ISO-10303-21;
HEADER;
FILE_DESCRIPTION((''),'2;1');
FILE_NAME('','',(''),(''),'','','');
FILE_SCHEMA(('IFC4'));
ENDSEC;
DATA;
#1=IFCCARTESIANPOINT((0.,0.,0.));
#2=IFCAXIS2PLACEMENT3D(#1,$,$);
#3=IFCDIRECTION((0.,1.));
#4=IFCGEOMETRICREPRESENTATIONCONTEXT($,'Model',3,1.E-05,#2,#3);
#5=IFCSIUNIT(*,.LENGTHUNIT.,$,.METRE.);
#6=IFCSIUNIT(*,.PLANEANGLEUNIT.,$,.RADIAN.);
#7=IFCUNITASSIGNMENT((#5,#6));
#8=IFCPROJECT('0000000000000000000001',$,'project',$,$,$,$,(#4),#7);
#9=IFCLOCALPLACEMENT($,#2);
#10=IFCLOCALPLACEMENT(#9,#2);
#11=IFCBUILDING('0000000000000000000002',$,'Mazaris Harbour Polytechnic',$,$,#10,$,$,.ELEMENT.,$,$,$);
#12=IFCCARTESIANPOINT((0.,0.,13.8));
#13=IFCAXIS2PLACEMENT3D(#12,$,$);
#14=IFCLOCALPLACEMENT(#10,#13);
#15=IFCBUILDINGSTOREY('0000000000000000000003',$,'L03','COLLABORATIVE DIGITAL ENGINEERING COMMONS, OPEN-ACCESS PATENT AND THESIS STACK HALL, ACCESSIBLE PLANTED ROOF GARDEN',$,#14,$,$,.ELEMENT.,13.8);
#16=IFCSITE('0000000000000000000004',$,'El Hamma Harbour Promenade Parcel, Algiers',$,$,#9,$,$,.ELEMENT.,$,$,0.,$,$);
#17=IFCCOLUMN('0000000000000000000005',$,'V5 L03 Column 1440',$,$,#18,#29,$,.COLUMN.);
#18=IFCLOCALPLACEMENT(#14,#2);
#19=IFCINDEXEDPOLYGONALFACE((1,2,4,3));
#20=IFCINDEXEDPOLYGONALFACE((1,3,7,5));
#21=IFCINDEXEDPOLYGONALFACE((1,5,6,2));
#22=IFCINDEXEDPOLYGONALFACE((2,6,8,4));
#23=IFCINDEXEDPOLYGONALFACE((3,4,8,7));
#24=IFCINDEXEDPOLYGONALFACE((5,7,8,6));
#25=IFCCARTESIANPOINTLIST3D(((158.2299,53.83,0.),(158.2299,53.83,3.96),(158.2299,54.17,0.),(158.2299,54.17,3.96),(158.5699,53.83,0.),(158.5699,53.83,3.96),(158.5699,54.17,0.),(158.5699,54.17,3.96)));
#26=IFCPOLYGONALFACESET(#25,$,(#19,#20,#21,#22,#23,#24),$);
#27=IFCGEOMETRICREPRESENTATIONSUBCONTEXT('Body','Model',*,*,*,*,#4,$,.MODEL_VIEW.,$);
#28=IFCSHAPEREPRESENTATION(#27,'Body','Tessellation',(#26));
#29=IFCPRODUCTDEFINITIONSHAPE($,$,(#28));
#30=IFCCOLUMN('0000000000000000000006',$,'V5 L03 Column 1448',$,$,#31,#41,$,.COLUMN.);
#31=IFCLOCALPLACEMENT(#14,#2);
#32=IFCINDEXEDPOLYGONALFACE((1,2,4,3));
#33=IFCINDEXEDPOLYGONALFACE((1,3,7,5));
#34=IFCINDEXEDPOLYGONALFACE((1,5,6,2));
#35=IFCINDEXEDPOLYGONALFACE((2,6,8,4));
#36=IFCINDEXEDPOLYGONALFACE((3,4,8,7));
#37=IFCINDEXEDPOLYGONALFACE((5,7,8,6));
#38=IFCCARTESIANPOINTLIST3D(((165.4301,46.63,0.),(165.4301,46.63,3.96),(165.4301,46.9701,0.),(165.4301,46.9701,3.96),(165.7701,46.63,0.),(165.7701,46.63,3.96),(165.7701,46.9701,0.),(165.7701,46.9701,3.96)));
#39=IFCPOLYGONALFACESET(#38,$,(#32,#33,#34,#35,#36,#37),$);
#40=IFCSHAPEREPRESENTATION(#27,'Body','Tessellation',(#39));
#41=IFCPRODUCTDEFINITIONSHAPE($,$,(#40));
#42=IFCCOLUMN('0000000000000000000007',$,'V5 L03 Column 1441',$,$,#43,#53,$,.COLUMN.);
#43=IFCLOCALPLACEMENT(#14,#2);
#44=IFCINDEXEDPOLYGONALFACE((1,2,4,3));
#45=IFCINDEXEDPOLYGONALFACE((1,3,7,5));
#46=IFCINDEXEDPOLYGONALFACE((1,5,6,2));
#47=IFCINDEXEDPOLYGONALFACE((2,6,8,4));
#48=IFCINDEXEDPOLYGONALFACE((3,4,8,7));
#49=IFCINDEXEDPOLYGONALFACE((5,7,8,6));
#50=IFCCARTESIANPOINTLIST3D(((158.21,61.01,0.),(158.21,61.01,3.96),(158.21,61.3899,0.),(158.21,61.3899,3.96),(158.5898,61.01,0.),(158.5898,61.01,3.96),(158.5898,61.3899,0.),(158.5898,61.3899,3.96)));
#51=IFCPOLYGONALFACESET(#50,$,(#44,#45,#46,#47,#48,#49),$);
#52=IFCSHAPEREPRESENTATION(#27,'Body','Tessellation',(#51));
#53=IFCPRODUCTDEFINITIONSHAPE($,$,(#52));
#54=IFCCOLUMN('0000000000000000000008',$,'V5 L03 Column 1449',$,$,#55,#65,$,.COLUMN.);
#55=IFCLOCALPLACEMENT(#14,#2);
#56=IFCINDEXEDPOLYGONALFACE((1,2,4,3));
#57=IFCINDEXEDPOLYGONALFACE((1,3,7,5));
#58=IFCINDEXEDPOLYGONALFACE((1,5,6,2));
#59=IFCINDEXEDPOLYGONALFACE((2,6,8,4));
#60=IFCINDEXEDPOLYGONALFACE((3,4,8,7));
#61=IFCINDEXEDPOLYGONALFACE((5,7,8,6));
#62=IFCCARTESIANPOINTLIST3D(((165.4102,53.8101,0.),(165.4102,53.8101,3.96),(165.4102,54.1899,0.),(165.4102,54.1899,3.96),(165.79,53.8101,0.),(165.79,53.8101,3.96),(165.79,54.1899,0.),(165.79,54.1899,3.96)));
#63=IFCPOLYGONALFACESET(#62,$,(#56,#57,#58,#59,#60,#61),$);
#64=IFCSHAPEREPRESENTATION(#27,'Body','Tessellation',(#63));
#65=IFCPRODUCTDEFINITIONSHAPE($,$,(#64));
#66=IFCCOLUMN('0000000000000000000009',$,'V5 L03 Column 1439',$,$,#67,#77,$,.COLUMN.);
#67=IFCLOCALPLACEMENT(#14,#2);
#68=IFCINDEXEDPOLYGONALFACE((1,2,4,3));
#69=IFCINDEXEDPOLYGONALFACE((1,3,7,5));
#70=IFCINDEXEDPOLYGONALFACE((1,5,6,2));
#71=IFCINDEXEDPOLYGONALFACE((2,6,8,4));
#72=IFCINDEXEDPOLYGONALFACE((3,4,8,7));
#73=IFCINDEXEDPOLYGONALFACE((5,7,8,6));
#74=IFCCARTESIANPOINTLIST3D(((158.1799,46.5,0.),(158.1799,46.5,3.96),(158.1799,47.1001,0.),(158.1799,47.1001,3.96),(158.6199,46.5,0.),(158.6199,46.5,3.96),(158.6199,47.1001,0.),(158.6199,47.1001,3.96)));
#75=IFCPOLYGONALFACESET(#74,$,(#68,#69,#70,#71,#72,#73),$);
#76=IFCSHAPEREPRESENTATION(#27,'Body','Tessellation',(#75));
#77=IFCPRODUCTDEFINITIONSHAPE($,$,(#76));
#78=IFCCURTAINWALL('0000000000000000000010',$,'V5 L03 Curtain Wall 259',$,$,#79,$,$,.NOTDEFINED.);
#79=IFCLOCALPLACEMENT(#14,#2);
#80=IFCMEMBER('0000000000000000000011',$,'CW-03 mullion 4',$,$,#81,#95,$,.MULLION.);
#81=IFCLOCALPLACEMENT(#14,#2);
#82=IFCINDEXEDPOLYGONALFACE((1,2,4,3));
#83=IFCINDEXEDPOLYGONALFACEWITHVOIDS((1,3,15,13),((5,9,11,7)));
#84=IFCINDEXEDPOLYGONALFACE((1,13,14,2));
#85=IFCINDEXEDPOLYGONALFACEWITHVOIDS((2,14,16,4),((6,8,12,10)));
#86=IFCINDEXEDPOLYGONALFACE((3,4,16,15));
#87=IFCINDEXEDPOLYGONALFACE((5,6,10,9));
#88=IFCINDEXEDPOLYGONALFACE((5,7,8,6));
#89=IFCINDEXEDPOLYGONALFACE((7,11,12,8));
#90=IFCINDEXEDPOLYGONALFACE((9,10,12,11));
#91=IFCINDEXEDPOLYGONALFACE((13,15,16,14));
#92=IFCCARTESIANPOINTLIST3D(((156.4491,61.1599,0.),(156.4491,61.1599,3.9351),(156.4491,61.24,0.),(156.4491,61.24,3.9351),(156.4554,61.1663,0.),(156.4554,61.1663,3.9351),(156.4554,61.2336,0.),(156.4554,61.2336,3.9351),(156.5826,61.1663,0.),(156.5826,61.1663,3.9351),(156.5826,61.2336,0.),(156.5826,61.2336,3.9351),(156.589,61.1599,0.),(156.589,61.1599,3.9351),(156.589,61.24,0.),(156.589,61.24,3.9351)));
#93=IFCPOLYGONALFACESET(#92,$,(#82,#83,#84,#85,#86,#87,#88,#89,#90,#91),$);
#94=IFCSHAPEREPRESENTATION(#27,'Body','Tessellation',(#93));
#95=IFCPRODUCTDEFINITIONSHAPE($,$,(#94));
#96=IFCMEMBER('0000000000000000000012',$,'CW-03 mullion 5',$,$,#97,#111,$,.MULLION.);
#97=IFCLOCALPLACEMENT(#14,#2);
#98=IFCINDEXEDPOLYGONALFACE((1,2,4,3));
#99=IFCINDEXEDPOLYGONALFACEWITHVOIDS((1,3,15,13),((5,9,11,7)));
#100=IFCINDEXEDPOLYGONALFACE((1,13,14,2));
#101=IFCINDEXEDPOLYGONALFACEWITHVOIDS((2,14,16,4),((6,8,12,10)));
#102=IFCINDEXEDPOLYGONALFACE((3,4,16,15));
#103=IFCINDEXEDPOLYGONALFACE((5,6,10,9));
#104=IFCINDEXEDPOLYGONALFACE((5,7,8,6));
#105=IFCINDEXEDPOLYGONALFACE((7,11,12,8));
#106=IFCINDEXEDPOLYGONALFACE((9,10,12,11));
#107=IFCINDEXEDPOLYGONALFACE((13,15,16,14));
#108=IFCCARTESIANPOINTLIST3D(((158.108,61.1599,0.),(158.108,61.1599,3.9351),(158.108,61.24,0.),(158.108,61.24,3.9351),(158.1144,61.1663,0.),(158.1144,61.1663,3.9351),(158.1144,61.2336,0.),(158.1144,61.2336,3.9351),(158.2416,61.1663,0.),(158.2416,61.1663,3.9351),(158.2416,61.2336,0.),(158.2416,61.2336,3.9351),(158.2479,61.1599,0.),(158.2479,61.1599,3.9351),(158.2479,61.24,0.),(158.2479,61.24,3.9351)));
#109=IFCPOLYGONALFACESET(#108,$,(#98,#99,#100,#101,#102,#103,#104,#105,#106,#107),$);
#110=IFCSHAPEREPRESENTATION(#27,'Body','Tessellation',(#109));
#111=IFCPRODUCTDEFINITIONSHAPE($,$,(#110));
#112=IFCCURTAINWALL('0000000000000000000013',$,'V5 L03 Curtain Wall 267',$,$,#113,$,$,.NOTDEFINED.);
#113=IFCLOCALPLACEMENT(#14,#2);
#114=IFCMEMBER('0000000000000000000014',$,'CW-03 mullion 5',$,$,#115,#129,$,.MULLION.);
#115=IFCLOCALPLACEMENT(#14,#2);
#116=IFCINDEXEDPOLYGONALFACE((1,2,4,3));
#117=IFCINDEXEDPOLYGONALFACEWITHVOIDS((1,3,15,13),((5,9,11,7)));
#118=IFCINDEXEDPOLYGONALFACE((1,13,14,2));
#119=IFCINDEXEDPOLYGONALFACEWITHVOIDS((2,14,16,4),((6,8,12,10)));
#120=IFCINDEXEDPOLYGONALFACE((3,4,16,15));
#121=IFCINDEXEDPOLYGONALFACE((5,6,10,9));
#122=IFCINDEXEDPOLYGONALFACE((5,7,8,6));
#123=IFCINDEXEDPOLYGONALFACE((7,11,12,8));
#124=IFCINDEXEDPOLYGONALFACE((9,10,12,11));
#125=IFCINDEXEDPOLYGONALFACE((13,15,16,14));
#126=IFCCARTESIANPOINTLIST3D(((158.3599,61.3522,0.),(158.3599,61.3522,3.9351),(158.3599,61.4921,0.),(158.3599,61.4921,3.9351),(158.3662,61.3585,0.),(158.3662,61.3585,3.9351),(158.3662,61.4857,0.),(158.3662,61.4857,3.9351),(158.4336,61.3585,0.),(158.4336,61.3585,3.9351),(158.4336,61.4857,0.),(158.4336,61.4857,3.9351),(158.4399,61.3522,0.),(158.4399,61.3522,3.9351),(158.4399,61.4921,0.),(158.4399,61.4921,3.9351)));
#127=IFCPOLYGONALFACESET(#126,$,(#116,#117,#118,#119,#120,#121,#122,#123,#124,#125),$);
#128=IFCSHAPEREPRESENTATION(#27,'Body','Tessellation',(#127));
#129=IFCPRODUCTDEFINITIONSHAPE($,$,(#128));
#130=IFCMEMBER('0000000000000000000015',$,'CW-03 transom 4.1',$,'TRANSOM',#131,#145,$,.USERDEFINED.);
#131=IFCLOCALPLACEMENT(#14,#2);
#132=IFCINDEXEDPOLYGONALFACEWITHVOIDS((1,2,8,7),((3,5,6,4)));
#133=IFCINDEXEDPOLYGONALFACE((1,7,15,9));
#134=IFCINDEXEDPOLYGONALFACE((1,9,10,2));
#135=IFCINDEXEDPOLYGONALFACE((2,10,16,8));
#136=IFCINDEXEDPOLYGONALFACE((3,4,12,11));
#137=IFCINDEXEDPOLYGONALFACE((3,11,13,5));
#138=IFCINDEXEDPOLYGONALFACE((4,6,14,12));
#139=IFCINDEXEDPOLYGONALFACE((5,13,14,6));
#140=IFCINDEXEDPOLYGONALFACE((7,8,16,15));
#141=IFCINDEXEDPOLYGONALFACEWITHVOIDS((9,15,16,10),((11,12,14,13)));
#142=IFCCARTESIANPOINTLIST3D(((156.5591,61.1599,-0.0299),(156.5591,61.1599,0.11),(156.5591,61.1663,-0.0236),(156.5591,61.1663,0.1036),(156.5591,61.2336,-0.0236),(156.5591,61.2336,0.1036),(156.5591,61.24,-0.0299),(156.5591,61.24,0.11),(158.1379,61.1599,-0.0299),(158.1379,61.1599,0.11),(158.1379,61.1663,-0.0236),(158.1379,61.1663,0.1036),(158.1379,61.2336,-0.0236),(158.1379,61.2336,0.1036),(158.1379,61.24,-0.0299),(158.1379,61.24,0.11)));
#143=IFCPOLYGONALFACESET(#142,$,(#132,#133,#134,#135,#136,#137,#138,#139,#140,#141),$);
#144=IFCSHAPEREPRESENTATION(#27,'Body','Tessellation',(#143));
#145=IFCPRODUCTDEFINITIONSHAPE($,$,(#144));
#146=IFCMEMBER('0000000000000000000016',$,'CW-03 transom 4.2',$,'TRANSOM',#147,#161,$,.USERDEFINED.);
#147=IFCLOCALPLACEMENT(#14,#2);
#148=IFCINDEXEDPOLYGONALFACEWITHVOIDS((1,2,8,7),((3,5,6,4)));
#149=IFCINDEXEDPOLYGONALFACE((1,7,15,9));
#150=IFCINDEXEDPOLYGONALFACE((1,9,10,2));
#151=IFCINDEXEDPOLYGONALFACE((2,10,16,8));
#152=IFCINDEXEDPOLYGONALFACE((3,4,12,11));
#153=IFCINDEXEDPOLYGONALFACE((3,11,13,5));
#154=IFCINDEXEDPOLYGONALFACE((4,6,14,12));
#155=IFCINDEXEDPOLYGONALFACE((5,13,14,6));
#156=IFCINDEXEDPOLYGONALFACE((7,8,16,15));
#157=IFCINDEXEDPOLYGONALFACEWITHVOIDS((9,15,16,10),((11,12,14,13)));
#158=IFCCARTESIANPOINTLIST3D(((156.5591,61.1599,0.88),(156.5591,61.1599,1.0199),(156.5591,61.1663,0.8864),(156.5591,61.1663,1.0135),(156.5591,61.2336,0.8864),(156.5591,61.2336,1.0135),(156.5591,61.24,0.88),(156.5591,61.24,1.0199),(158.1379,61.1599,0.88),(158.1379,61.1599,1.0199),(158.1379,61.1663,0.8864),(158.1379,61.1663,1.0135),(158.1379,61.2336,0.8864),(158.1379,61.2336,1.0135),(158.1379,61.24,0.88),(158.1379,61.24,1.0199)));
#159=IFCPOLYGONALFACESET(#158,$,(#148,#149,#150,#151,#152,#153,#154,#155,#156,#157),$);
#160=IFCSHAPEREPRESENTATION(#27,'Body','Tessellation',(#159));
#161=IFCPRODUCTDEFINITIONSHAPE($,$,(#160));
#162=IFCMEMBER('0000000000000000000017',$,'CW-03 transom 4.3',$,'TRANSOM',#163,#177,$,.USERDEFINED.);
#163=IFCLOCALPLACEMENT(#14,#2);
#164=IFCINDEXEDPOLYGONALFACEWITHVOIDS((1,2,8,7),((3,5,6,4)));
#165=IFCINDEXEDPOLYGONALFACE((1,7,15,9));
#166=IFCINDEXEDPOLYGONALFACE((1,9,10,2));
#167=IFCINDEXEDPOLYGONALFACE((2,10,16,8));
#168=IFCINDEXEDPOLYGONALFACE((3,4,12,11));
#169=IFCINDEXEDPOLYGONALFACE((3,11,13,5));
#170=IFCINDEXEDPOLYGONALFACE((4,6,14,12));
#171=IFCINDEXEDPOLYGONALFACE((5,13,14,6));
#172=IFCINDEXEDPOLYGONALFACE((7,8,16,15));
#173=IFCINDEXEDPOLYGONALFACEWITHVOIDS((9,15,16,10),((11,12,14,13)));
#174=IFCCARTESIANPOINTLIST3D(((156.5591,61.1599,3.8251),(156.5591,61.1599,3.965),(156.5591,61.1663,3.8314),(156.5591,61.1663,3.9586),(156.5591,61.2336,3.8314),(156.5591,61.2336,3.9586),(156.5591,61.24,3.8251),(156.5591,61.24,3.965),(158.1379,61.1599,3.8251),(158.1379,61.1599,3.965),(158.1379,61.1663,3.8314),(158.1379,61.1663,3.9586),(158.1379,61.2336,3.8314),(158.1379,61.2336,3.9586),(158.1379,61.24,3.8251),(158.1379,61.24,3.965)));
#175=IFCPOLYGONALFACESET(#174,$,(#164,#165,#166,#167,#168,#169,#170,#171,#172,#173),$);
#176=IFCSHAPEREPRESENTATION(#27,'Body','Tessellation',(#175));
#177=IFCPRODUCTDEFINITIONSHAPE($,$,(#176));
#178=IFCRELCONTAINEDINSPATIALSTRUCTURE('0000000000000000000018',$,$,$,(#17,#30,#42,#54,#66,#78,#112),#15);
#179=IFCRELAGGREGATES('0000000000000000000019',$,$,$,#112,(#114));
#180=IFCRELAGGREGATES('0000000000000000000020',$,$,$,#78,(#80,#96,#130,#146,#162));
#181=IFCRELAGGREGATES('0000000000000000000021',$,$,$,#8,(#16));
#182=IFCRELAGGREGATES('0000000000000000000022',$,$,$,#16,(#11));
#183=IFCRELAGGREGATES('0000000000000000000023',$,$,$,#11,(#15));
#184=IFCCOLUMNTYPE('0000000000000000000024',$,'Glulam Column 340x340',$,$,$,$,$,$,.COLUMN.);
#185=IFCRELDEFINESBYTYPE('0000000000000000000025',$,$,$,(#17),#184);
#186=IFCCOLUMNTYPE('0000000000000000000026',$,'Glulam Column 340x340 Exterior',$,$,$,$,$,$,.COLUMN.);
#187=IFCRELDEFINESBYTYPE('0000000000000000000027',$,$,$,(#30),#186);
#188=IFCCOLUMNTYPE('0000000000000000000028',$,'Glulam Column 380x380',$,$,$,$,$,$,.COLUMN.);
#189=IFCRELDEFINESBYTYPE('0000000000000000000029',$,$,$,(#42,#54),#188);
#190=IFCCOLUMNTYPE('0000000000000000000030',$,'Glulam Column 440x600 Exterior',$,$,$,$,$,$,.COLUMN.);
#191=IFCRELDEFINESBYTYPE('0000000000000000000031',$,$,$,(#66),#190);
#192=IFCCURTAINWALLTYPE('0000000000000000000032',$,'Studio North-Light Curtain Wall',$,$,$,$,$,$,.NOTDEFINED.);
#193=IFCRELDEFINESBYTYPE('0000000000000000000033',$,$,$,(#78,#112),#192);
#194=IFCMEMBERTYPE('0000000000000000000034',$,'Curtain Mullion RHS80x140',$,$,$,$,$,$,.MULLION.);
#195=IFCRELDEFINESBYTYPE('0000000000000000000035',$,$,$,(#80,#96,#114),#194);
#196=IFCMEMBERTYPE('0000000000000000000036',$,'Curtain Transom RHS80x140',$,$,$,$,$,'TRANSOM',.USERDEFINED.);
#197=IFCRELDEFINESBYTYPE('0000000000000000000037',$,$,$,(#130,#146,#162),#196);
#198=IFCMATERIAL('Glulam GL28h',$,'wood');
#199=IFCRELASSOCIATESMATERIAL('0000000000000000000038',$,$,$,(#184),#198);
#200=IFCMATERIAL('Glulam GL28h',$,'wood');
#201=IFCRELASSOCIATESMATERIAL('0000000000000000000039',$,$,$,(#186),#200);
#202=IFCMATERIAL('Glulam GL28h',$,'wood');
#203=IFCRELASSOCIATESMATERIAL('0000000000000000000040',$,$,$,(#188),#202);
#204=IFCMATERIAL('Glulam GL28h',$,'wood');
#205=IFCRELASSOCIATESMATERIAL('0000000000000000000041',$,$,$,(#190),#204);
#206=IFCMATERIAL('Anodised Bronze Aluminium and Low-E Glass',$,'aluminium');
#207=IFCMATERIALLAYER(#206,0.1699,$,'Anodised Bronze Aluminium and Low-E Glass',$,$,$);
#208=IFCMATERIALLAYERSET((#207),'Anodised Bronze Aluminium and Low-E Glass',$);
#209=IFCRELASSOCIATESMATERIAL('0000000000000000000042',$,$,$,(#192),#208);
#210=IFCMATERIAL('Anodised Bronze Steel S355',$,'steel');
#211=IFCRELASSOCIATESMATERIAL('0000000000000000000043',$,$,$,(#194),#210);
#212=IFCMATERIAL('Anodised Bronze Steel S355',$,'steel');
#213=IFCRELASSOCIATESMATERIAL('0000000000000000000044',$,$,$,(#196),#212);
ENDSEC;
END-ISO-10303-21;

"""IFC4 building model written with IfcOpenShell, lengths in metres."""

from ifc_helpers import new_model, si_unit, direction, frame, origin, origin_2d, place, context, subcontext, project, spatial, rectangle, hollow_rectangle, extrude, material, layer, layer_set, material_profile, profile_set, type_object, element, aggregate, save


model = new_model("IFC4")

# Units and contexts
model_context = context("Model", 3, precision=1e-05, world=origin(), true_north=direction((0.0, 1.0)))
body_context = subcontext(model_context, "Body", "Model", "MODEL_VIEW")
ifc_project = project(units=[si_unit("LENGTHUNIT", "METRE"), si_unit("PLANEANGLEUNIT", "RADIAN")], contexts=[model_context])

# Site, building, storey
site_placement = place(None, origin())
site = spatial("IfcSite", under=ifc_project, at=site_placement, Name="El Hamma Harbour Promenade Parcel, Algiers", CompositionType="ELEMENT", RefElevation=0.0)
building_placement = place(site_placement, origin())
building = spatial("IfcBuilding", under=site, at=building_placement, Name="Mazaris Harbour Polytechnic", CompositionType="ELEMENT")
storey_placement = place(building_placement, frame((0.0, 0.0, 13.8)))
storey = spatial("IfcBuildingStorey", under=building, at=storey_placement, Name="L03", Description="COLLABORATIVE DIGITAL ENGINEERING COMMONS, OPEN-ACCESS PATENT AND THESIS STACK HALL, ACCESSIBLE PLANTED ROOF GARDEN", CompositionType="ELEMENT", Elevation=13.8)

# Columns
ifc_material_1 = material(Name="Glulam GL28h", Category="wood")
ifc_material_profile_1 = material_profile(ifc_material_1, rectangle(XDim=0.3401, YDim=0.3401, at=origin_2d()), Name="RECT340x340")
ifc_profile_set_1 = profile_set([ifc_material_profile_1], Name="Glulam GL28h")
column_type_1 = type_object("IfcColumnType", Name="Glulam Column 340x340", PredefinedType="COLUMN", material=ifc_profile_set_1)
column_1_placement = place(storey_placement, frame((158.3999, 54.0, 0.0), z_axis=(0.0, 0.0, 1.0), x_axis=(1.0, 0.0, 0.0)))
element("IfcColumn", 1, at=column_1_placement, inside=storey, type_object=column_type_1, Name="V5 L03 Column 1440", PredefinedType="COLUMN", context=body_context, shape_type="SweptSolid", body=[
    extrude(rectangle(XDim=0.3401, YDim=0.3401, at=origin_2d()), origin(), (0.0, 0.0, 1.0), 3.96),
])
ifc_material_2 = material(Name="Glulam GL28h", Category="wood")
ifc_material_profile_2 = material_profile(ifc_material_2, rectangle(XDim=0.3401, YDim=0.3401, at=origin_2d()), Name="RECT340x340")
ifc_profile_set_2 = profile_set([ifc_material_profile_2], Name="Glulam GL28h")
column_type_2 = type_object("IfcColumnType", Name="Glulam Column 340x340 Exterior", PredefinedType="COLUMN", material=ifc_profile_set_2)
column_2_placement = place(storey_placement, frame((165.6001, 46.8, 0.0), z_axis=(0.0, 0.0, 1.0), x_axis=(1.0, 0.0, 0.0)))
element("IfcColumn", 2, at=column_2_placement, inside=storey, type_object=column_type_2, Name="V5 L03 Column 1448", PredefinedType="COLUMN", context=body_context, shape_type="SweptSolid", body=[
    extrude(rectangle(XDim=0.3401, YDim=0.3401, at=origin_2d()), origin(), (0.0, 0.0, 1.0), 3.96),
])
ifc_material_3 = material(Name="Glulam GL28h", Category="wood")
ifc_material_profile_3 = material_profile(ifc_material_3, rectangle(XDim=0.3799, YDim=0.3799, at=origin_2d()), Name="RECT380x380")
ifc_profile_set_3 = profile_set([ifc_material_profile_3], Name="Glulam GL28h")
column_type_3 = type_object("IfcColumnType", Name="Glulam Column 380x380", PredefinedType="COLUMN", material=ifc_profile_set_3)
for number, where, z_axis, x_axis, name in (
    (3, (158.3999, 61.2, 0.0), (0.0, 0.0, 1.0), (1.0, 0.0, 0.0), "V5 L03 Column 1441"),
    (4, (165.6001, 54.0, 0.0), (0.0, 0.0, 1.0), (1.0, 0.0, 0.0), "V5 L03 Column 1449"),
):
    element("IfcColumn", number, at=place(storey_placement, frame(where, z_axis=z_axis, x_axis=x_axis)), inside=storey, type_object=column_type_3, Name=name, PredefinedType="COLUMN", context=body_context, shape_type="SweptSolid", body=[
        extrude(rectangle(XDim=0.3799, YDim=0.3799, at=origin_2d()), origin(), (0.0, 0.0, 1.0), 3.96),
    ])
ifc_material_4 = material(Name="Glulam GL28h", Category="wood")
ifc_material_profile_4 = material_profile(ifc_material_4, rectangle(XDim=0.4399, YDim=0.6001, at=origin_2d()), Name="RECT440x600")
ifc_profile_set_4 = profile_set([ifc_material_profile_4], Name="Glulam GL28h")
column_type_4 = type_object("IfcColumnType", Name="Glulam Column 440x600 Exterior", PredefinedType="COLUMN", material=ifc_profile_set_4)
column_3_placement = place(storey_placement, frame((158.3999, 46.8, 0.0), z_axis=(0.0, 0.0, 1.0), x_axis=(1.0, 0.0, 0.0)))
element("IfcColumn", 5, at=column_3_placement, inside=storey, type_object=column_type_4, Name="V5 L03 Column 1439", PredefinedType="COLUMN", context=body_context, shape_type="SweptSolid", body=[
    extrude(rectangle(XDim=0.4399, YDim=0.6001, at=origin_2d()), origin(), (0.0, 0.0, 1.0), 3.96),
])

# Curtain wall, members
ifc_material_5 = material(Name="Anodised Bronze Aluminium and Low-E Glass", Category="aluminium")
ifc_layer_1 = layer(ifc_material_5, 0.1699, Name="Anodised Bronze Aluminium and Low-E Glass")
ifc_layer_set_1 = layer_set([ifc_layer_1], Name="Anodised Bronze Aluminium and Low-E Glass")
curtain_wall_type = type_object("IfcCurtainWallType", Name="Studio North-Light Curtain Wall", PredefinedType="NOTDEFINED", material=ifc_layer_set_1)
curtain_wall_1_placement = place(storey_placement, origin())
curtain_wall_1 = element("IfcCurtainWall", 6, at=curtain_wall_1_placement, inside=storey, type_object=curtain_wall_type, Name="V5 L03 Curtain Wall 259", PredefinedType="NOTDEFINED")
ifc_material_6 = material(Name="Anodised Bronze Steel S355", Category="steel")
ifc_material_profile_5 = material_profile(ifc_material_6, hollow_rectangle(XDim=0.0801, YDim=0.1399, WallThickness=0.0063, at=origin_2d()), Name="RHS 80x140x6.3")
ifc_profile_set_5 = profile_set([ifc_material_profile_5], Name="Anodised Bronze Steel S355")
member_type_1 = type_object("IfcMemberType", Name="Curtain Mullion RHS80x140", PredefinedType="MULLION", material=ifc_profile_set_5)
member_1_placement = place(storey_placement, frame((156.519, 61.2, 0.0), z_axis=(0.0, 0.0, 1.0), x_axis=(0.0, 1.0, 0.0)))
member_1 = element("IfcMember", 7, at=member_1_placement, type_object=member_type_1, Name="CW-03 mullion 4", PredefinedType="MULLION", context=body_context, shape_type="SweptSolid", body=[
    extrude(hollow_rectangle(XDim=0.0801, YDim=0.1399, WallThickness=0.0063, at=origin_2d()), origin(), (0.0, 0.0, 1.0), 3.9351),
])
member_2_placement = place(storey_placement, frame((158.178, 61.2, 0.0), z_axis=(0.0, 0.0, 1.0), x_axis=(0.0, 1.0, 0.0)))
member_2 = element("IfcMember", 8, at=member_2_placement, type_object=member_type_1, Name="CW-03 mullion 5", PredefinedType="MULLION", context=body_context, shape_type="SweptSolid", body=[
    extrude(hollow_rectangle(XDim=0.0801, YDim=0.1399, WallThickness=0.0063, at=origin_2d()), origin(), (0.0, 0.0, 1.0), 3.9351),
])

# Curtain wall, member
curtain_wall_2_placement = place(storey_placement, origin())
curtain_wall_2 = element("IfcCurtainWall", 9, at=curtain_wall_2_placement, inside=storey, type_object=curtain_wall_type, Name="V5 L03 Curtain Wall 267", PredefinedType="NOTDEFINED")
member_3_placement = place(storey_placement, frame((158.3999, 61.4221, 0.0), z_axis=(0.0, 0.0, 1.0), x_axis=(1.0, 0.0, 0.0)))
member_3 = element("IfcMember", 10, at=member_3_placement, type_object=member_type_1, Name="CW-03 mullion 5", PredefinedType="MULLION", context=body_context, shape_type="SweptSolid", body=[
    extrude(hollow_rectangle(XDim=0.0801, YDim=0.1399, WallThickness=0.0063, at=origin_2d()), origin(), (0.0, 0.0, 1.0), 3.9351),
])
aggregate(curtain_wall_2, [member_3])

# Members
ifc_material_7 = material(Name="Anodised Bronze Steel S355", Category="steel")
ifc_material_profile_6 = material_profile(ifc_material_7, hollow_rectangle(XDim=0.0801, YDim=0.1399, WallThickness=0.0063, at=origin_2d()), Name="RHS 80x140x6.3")
ifc_profile_set_6 = profile_set([ifc_material_profile_6], Name="Anodised Bronze Steel S355")
member_type_2 = type_object("IfcMemberType", Name="Curtain Transom RHS80x140", ElementType="TRANSOM", PredefinedType="USERDEFINED", material=ifc_profile_set_6)
member_4_placement = place(storey_placement, frame((156.5591, 61.2, 0.04), z_axis=(1.0, 0.0, 0.0), x_axis=(0.0, 1.0, 0.0)))
member_4 = element("IfcMember", 11, at=member_4_placement, type_object=member_type_2, Name="CW-03 transom 4.1", ObjectType="TRANSOM", PredefinedType="USERDEFINED", context=body_context, shape_type="SweptSolid", body=[
    extrude(hollow_rectangle(XDim=0.0801, YDim=0.1399, WallThickness=0.0063, at=origin_2d()), origin(), (0.0, 0.0, 1.0), 1.5789),
])
member_5_placement = place(storey_placement, frame((156.5591, 61.2, 0.95), z_axis=(1.0, 0.0, 0.0), x_axis=(0.0, 1.0, 0.0)))
member_5 = element("IfcMember", 12, at=member_5_placement, type_object=member_type_2, Name="CW-03 transom 4.2", ObjectType="TRANSOM", PredefinedType="USERDEFINED", context=body_context, shape_type="SweptSolid", body=[
    extrude(hollow_rectangle(XDim=0.0801, YDim=0.1399, WallThickness=0.0063, at=origin_2d()), origin(), (0.0, 0.0, 1.0), 1.5789),
])
member_6_placement = place(storey_placement, frame((156.5591, 61.2, 3.895), z_axis=(1.0, 0.0, 0.0), x_axis=(0.0, 1.0, 0.0)))
member_6 = element("IfcMember", 13, at=member_6_placement, type_object=member_type_2, Name="CW-03 transom 4.3", ObjectType="TRANSOM", PredefinedType="USERDEFINED", context=body_context, shape_type="SweptSolid", body=[
    extrude(hollow_rectangle(XDim=0.0801, YDim=0.1399, WallThickness=0.0063, at=origin_2d()), origin(), (0.0, 0.0, 1.0), 1.5789),
])

aggregate(curtain_wall_1, [member_1, member_2, member_4, member_5, member_6])

save(model, "model.ifc")
